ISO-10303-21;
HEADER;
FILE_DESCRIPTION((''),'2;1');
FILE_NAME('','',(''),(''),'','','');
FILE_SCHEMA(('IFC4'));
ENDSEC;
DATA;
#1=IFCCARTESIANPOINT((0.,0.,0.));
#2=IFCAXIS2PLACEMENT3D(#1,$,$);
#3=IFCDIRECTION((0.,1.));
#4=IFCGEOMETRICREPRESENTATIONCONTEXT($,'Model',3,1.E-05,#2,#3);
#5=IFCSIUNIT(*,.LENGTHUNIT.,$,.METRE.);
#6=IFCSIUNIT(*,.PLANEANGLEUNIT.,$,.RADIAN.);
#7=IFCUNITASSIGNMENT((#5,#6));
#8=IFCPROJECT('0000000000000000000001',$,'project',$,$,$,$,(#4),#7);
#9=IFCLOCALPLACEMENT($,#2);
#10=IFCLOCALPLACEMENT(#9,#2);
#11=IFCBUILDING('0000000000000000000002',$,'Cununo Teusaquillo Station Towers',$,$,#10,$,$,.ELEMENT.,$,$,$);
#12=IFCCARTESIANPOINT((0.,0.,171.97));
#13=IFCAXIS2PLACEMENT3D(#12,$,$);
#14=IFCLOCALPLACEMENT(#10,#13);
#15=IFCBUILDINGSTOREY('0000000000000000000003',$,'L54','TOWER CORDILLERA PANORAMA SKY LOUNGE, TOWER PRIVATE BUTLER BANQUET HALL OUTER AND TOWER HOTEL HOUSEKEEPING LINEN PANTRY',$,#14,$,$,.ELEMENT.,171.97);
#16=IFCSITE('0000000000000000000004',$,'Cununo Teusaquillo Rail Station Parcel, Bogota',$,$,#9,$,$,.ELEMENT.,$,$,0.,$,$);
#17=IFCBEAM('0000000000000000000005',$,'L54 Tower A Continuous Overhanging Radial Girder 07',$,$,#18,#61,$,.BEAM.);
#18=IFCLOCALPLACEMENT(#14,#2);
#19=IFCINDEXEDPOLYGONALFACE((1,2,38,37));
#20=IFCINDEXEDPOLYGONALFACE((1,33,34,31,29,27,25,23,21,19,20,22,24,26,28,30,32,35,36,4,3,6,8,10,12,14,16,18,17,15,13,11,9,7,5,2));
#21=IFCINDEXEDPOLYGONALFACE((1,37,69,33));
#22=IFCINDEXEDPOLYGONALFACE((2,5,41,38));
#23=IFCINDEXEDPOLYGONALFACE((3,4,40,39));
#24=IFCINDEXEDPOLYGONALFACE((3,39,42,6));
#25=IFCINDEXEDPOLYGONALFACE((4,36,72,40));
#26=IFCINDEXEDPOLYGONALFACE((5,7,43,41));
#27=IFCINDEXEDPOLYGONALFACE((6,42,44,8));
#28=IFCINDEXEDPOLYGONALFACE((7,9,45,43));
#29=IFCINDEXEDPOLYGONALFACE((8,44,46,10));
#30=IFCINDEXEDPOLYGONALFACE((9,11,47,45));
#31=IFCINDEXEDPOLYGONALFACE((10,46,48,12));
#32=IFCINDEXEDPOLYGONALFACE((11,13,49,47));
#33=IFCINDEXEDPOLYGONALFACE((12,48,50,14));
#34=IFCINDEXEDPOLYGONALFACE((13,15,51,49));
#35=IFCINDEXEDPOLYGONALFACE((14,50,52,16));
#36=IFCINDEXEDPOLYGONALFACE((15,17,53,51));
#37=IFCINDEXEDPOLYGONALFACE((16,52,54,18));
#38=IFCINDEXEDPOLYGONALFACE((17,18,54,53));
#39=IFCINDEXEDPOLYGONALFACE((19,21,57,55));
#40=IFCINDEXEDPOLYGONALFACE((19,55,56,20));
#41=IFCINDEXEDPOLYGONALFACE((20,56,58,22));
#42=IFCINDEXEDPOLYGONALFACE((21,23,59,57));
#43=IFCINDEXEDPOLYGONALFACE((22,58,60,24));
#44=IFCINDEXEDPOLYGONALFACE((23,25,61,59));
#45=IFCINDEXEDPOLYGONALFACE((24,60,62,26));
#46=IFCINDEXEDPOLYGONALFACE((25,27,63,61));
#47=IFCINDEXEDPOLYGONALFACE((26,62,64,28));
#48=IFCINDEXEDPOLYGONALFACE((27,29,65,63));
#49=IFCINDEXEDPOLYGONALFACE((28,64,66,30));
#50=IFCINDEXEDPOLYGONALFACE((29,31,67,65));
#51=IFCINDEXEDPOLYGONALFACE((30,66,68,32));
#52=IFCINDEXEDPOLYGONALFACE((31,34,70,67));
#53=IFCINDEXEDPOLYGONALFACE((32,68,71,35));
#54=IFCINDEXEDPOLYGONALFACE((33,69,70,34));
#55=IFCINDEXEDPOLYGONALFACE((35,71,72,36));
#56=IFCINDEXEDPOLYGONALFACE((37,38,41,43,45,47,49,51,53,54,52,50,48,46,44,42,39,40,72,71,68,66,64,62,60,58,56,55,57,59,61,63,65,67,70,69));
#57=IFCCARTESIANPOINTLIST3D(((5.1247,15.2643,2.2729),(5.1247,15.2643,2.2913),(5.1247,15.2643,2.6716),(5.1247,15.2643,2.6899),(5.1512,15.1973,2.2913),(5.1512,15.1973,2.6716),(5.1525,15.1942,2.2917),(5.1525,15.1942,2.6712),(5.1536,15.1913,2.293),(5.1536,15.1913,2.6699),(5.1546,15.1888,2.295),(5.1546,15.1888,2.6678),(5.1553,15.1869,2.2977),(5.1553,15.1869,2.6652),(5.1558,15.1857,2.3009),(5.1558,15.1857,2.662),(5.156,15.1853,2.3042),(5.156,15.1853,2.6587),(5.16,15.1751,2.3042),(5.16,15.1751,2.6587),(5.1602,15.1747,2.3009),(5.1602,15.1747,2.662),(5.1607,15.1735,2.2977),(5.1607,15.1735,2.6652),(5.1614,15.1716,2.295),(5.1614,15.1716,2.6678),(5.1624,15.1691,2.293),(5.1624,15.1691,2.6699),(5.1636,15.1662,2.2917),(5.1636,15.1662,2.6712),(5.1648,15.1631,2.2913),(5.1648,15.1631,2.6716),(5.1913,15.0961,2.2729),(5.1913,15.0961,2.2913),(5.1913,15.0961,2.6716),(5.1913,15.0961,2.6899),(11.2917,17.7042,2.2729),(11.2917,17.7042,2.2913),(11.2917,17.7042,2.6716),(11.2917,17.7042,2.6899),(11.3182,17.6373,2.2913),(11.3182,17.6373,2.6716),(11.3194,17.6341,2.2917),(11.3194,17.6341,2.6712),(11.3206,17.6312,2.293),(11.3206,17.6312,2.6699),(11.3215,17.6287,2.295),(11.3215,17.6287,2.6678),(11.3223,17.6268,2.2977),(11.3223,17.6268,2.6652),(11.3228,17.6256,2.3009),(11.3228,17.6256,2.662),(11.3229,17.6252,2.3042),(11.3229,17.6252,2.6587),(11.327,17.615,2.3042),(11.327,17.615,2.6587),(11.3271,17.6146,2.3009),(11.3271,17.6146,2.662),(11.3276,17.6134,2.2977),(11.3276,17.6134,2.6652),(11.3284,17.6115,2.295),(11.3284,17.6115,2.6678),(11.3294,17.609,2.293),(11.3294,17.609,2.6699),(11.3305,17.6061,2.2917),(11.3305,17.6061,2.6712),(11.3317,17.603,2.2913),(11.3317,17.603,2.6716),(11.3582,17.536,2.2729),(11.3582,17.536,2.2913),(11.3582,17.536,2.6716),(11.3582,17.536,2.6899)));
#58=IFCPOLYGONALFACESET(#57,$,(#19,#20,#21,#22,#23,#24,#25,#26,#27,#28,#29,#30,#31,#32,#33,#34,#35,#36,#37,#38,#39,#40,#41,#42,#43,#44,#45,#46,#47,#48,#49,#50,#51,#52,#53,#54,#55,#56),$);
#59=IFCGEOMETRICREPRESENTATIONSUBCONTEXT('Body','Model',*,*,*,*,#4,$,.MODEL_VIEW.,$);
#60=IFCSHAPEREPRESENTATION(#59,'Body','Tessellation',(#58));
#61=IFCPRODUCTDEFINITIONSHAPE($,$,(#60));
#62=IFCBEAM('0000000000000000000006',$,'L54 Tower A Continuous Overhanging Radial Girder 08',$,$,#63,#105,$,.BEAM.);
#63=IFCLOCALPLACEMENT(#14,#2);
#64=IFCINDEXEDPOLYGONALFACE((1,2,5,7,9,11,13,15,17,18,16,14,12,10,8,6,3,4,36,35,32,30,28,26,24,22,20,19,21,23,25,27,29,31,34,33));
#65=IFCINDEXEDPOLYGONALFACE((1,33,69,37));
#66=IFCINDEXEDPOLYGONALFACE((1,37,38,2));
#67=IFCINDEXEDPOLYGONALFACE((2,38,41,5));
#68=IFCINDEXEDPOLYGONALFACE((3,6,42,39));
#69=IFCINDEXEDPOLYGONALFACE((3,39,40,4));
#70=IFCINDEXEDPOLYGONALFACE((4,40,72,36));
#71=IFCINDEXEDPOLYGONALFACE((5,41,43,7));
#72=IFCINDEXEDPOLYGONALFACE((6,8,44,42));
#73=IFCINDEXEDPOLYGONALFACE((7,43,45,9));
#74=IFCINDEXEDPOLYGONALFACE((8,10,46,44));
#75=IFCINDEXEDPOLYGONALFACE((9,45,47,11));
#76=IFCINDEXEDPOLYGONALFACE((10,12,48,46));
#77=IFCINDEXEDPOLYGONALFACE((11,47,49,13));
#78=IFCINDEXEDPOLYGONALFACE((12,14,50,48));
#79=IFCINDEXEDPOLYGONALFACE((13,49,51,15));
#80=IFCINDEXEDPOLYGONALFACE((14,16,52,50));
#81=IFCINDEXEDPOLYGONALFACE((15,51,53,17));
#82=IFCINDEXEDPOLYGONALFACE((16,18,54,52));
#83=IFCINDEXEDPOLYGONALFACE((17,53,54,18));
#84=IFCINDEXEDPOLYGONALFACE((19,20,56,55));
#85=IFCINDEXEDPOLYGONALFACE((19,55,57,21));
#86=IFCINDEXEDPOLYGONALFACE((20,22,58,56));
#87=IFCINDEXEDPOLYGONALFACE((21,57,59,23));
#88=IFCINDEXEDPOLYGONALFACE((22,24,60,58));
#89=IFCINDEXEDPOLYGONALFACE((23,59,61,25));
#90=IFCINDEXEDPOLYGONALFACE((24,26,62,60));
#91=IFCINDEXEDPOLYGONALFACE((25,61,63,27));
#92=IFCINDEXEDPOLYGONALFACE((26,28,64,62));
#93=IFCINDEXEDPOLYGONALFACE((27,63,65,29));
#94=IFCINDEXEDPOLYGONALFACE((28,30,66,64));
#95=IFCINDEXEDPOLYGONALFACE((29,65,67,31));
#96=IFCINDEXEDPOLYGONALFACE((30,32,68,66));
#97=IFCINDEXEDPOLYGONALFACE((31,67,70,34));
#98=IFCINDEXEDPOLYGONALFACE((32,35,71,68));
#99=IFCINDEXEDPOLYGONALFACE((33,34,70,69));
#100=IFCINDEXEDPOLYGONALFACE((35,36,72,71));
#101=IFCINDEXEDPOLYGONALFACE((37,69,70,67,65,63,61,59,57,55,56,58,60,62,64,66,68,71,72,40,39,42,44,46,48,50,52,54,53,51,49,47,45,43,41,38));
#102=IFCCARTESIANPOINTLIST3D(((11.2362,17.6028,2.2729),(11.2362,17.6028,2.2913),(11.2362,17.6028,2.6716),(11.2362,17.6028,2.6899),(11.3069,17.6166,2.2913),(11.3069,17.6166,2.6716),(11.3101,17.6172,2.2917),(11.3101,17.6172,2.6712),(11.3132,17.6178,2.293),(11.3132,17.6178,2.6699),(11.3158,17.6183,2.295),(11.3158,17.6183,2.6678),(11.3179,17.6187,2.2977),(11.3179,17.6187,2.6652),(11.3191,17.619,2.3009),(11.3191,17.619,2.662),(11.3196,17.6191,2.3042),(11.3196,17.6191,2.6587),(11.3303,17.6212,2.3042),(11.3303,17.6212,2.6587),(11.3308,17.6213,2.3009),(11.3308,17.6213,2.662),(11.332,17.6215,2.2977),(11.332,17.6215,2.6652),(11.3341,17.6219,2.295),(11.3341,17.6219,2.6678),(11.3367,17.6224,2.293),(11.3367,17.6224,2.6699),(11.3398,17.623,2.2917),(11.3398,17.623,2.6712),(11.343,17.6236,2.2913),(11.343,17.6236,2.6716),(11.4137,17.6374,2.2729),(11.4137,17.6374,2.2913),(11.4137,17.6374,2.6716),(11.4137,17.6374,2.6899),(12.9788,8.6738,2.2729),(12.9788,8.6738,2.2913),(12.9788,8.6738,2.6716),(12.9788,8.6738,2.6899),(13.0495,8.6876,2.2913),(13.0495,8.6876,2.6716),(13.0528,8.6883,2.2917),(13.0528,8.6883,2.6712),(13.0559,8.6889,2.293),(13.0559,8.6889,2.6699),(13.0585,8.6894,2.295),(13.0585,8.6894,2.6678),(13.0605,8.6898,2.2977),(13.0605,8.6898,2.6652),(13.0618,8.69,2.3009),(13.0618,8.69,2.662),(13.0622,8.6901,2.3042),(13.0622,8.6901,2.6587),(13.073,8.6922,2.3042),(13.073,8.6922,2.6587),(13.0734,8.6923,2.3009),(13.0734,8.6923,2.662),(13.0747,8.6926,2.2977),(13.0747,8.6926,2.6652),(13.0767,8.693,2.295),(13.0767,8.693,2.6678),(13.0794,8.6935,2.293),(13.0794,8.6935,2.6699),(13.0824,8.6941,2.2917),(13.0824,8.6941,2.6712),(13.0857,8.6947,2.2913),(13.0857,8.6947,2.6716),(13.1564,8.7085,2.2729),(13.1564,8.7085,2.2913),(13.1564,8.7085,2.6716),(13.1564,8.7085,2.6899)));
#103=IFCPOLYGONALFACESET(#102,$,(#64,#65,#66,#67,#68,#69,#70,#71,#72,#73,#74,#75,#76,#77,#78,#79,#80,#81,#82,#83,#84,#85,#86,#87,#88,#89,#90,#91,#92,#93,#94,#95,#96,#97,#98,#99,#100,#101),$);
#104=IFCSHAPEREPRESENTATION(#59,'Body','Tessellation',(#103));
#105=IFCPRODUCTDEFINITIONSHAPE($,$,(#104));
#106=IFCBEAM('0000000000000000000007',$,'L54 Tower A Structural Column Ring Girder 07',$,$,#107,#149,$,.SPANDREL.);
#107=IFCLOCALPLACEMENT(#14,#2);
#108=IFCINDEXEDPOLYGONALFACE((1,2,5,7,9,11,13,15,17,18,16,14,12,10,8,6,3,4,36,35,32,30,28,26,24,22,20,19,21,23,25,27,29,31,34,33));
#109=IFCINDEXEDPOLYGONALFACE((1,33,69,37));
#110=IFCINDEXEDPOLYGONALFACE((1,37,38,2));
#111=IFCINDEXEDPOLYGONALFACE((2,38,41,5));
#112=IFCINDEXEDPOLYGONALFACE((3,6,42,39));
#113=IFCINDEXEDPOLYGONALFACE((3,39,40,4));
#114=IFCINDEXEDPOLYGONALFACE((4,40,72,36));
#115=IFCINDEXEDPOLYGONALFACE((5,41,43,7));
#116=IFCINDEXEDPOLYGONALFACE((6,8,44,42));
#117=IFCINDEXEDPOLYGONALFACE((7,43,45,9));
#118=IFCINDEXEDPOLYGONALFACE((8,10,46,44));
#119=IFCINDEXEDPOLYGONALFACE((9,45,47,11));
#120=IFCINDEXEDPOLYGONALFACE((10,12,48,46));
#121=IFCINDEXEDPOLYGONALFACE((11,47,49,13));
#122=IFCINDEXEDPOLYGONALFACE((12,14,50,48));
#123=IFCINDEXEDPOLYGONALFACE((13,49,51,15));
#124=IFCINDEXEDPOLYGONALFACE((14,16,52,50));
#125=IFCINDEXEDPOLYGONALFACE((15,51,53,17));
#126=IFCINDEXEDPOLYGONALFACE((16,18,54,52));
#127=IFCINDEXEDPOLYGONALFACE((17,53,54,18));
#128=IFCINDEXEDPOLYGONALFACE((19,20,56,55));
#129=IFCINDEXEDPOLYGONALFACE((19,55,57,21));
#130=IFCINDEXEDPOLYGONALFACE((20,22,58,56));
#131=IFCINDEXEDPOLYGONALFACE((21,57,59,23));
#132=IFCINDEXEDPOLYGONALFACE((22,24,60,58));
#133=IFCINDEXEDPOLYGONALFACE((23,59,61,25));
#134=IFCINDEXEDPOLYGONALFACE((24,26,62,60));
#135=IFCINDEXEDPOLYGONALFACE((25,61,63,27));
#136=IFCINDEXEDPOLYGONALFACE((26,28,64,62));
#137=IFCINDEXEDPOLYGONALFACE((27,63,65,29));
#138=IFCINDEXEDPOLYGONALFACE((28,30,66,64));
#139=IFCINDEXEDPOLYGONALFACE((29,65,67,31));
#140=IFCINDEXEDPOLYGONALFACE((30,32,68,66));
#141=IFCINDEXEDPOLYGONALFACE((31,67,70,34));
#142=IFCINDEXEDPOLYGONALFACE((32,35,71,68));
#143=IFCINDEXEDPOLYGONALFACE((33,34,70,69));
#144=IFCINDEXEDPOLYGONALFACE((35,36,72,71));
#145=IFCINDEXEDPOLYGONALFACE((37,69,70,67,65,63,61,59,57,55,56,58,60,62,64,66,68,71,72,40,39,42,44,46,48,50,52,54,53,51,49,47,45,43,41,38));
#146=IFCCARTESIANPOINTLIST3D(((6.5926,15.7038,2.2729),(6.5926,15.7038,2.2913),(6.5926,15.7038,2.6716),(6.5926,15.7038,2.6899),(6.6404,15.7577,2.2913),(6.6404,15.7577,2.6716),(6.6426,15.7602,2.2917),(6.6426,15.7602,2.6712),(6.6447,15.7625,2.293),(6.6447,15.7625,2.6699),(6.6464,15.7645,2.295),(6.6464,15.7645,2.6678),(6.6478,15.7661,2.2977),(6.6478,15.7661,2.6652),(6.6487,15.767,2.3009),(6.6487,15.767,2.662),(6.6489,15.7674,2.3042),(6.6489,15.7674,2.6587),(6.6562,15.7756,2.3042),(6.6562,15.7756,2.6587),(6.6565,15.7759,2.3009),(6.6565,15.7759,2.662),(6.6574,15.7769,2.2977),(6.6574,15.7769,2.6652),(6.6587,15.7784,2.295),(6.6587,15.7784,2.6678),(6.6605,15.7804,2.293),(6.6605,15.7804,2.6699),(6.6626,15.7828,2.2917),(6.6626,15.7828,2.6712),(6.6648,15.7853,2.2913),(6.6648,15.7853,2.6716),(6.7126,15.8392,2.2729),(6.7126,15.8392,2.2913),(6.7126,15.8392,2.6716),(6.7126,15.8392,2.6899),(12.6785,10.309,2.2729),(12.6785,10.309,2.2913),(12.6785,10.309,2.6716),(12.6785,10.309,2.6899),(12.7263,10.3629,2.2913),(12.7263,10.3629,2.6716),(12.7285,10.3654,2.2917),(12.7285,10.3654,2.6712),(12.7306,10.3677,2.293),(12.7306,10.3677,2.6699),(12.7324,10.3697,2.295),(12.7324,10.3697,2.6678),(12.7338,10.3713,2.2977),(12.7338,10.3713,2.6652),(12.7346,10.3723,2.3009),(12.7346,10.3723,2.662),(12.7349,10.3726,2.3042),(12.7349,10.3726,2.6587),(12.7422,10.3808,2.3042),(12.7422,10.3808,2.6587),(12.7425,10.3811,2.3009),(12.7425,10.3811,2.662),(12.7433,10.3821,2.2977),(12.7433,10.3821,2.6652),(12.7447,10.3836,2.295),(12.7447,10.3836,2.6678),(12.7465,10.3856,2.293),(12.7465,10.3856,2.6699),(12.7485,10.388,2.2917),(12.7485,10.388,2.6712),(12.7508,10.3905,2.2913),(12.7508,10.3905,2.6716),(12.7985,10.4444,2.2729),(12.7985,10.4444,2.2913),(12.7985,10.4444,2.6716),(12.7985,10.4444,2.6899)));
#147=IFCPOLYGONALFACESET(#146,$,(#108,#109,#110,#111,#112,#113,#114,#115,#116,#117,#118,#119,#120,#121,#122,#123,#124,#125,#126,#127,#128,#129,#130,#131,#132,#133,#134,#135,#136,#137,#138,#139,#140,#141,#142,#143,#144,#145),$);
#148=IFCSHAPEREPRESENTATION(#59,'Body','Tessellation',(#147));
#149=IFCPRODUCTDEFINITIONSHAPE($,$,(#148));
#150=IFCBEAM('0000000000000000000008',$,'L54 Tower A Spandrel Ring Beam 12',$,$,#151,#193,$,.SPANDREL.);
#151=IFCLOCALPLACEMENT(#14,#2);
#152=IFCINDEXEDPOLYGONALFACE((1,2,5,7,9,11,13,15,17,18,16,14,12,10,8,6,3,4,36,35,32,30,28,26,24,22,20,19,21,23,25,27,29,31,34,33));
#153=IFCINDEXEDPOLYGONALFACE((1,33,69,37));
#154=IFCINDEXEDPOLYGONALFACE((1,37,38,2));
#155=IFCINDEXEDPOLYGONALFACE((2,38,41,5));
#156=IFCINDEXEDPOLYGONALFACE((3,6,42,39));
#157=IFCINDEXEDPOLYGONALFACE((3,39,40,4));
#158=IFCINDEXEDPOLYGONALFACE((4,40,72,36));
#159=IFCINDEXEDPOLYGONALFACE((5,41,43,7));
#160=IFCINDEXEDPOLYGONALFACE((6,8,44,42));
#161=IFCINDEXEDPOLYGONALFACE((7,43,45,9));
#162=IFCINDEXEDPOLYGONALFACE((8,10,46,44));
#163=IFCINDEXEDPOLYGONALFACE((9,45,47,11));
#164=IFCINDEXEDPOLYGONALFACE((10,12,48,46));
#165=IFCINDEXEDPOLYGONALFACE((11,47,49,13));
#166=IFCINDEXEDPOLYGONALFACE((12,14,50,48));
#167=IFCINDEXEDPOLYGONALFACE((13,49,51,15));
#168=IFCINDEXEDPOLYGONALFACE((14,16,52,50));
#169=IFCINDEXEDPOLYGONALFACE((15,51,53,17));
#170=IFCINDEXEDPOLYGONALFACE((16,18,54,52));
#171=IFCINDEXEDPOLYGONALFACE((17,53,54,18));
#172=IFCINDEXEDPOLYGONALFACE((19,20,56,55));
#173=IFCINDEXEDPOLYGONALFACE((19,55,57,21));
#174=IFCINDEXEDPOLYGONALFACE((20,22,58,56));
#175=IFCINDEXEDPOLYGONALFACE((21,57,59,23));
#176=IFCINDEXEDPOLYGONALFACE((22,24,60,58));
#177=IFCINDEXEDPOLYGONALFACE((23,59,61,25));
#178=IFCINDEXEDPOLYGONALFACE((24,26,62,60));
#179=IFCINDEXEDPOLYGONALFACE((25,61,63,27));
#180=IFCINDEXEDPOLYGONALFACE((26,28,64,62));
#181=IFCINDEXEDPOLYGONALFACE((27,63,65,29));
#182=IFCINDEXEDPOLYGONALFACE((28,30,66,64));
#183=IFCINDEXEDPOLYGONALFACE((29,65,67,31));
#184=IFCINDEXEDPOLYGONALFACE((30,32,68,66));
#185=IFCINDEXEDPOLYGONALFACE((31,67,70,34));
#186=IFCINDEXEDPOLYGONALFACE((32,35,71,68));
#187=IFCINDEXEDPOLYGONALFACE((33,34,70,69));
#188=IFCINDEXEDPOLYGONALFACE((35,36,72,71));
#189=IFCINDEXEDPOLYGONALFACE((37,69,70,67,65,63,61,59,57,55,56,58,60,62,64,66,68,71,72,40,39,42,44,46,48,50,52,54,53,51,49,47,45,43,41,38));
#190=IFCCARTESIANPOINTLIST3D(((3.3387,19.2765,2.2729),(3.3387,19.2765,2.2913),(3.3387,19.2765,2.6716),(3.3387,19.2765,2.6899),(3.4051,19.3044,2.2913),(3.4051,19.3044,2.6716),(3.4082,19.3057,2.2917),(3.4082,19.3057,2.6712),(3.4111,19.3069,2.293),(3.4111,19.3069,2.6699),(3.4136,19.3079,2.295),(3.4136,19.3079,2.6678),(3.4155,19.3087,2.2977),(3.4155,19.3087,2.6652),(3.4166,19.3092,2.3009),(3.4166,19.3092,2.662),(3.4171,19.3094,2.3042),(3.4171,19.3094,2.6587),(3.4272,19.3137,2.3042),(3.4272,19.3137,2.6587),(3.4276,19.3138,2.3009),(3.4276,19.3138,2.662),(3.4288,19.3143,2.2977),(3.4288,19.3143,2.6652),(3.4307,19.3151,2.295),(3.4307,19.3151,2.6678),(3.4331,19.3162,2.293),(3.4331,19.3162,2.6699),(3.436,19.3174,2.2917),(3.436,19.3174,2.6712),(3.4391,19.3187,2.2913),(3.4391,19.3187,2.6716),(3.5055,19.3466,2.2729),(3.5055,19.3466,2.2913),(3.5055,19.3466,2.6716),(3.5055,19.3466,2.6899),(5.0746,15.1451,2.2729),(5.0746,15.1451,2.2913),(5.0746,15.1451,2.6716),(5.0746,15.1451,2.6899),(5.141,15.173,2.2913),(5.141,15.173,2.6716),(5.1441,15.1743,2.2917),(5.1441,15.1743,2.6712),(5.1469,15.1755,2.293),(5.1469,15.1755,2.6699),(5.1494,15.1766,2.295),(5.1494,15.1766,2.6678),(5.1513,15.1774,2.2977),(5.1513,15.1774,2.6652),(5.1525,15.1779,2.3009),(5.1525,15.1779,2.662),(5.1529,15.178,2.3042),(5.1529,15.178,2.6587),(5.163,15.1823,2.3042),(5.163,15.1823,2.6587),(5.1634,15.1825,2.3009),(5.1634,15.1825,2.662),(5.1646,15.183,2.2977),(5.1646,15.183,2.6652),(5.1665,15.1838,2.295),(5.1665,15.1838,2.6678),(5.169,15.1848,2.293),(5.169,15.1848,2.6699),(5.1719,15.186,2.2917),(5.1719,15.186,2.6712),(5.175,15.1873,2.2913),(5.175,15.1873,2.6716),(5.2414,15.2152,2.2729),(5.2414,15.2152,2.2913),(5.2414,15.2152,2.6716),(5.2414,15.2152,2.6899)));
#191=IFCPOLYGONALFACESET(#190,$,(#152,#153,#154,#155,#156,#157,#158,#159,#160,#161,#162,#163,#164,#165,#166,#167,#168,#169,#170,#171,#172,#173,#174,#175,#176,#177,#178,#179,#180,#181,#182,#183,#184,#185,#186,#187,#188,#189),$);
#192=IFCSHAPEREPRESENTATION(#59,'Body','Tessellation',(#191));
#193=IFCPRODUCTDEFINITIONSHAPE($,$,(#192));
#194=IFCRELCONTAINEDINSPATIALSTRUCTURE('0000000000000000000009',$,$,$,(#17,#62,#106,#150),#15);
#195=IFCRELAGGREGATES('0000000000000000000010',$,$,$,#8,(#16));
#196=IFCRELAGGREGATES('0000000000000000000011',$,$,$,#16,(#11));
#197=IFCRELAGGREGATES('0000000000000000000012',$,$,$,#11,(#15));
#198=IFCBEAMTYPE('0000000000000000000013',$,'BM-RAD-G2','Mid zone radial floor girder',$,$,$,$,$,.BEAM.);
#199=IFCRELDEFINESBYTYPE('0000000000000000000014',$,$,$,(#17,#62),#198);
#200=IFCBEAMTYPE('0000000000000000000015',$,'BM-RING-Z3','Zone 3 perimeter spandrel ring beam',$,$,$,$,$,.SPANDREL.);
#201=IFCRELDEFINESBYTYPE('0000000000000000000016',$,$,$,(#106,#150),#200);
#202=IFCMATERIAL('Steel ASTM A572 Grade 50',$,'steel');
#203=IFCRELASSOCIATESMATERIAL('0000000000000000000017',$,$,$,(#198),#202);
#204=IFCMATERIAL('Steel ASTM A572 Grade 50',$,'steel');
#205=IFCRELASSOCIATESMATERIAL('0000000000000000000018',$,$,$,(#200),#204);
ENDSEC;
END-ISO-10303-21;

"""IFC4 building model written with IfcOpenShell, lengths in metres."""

from ifc_helpers import new_model, si_unit, direction, frame, origin, origin_2d, place, context, subcontext, project, spatial, i_section, extrude, material, material_profile, profile_set, type_object, element, save


model = new_model("IFC4")

# Units and contexts
model_context = context("Model", 3, precision=1e-05, world=origin(), true_north=direction((0.0, 1.0)))
body_context = subcontext(model_context, "Body", "Model", "MODEL_VIEW")
ifc_project = project(units=[si_unit("LENGTHUNIT", "METRE"), si_unit("PLANEANGLEUNIT", "RADIAN")], contexts=[model_context])

# Site, building, storey
site_placement = place(None, origin())
site = spatial("IfcSite", under=ifc_project, at=site_placement, Name="Cununo Teusaquillo Rail Station Parcel, Bogota", CompositionType="ELEMENT", RefElevation=0.0)
building_placement = place(site_placement, origin())
building = spatial("IfcBuilding", under=site, at=building_placement, Name="Cununo Teusaquillo Station Towers", CompositionType="ELEMENT")
storey_placement = place(building_placement, frame((0.0, 0.0, 171.97)))
storey = spatial("IfcBuildingStorey", under=building, at=storey_placement, Name="L54", Description="TOWER CORDILLERA PANORAMA SKY LOUNGE, TOWER PRIVATE BUTLER BANQUET HALL OUTER AND TOWER HOTEL HOUSEKEEPING LINEN PANTRY", CompositionType="ELEMENT", Elevation=171.97)

# Beams
ifc_material_1 = material(Name="Steel ASTM A572 Grade 50", Category="steel")
ifc_material_profile_1 = material_profile(ifc_material_1, i_section(OverallWidth=0.1809, OverallDepth=0.417, WebThickness=0.011, FlangeThickness=0.0183, FilletRadius=0.0129, at=origin_2d()), Name="W16X57")
ifc_profile_set_1 = profile_set([ifc_material_profile_1], Name="Steel ASTM A572 Grade 50")
beam_type_1 = type_object("IfcBeamType", Name="BM-RAD-G2", Description="Mid zone radial floor girder", PredefinedType="BEAM", material=ifc_profile_set_1)
beam_1_placement = place(storey_placement, frame((11.325, 17.6201, 2.4814), z_axis=(-0.929866, -0.367897, 0.0), x_axis=(0.367897, -0.929866, 0.0)))
element("IfcBeam", 1, at=beam_1_placement, inside=storey, type_object=beam_type_1, Name="L54 Tower A Continuous Overhanging Radial Girder 07", PredefinedType="BEAM", context=body_context, shape_type="SweptSolid", body=[
    extrude(i_section(OverallWidth=0.1809, OverallDepth=0.417, WebThickness=0.011, FlangeThickness=0.0183, FilletRadius=0.0129, at=origin_2d()), origin(), (0.0, 0.0, 1.0), 6.6321),
])
beam_2_placement = place(storey_placement, frame((11.325, 17.6201, 2.4814), z_axis=(0.191557, -0.981481, 0.0), x_axis=(0.981481, 0.191557, 0.0)))
element("IfcBeam", 2, at=beam_2_placement, inside=storey, type_object=beam_type_1, Name="L54 Tower A Continuous Overhanging Radial Girder 08", PredefinedType="BEAM", context=body_context, shape_type="SweptSolid", body=[
    extrude(i_section(OverallWidth=0.1809, OverallDepth=0.417, WebThickness=0.011, FlangeThickness=0.0183, FilletRadius=0.0129, at=origin_2d()), origin(), (0.0, 0.0, 1.0), 9.0974),
])
ifc_material_2 = material(Name="Steel ASTM A572 Grade 50", Category="steel")
ifc_material_profile_2 = material_profile(ifc_material_2, i_section(OverallWidth=0.1809, OverallDepth=0.417, WebThickness=0.011, FlangeThickness=0.0183, FilletRadius=0.0129, at=origin_2d()), Name="W16X57")
ifc_profile_set_2 = profile_set([ifc_material_profile_2], Name="Steel ASTM A572 Grade 50")
beam_type_2 = type_object("IfcBeamType", Name="BM-RING-Z3", Description="Zone 3 perimeter spandrel ring beam", PredefinedType="SPANDREL", material=ifc_profile_set_2)
beam_3_placement = place(storey_placement, frame((6.6526, 15.7715, 2.4814), z_axis=(0.748321, -0.663337, 0.0), x_axis=(0.663337, 0.748321, 0.0)))
element("IfcBeam", 3, at=beam_3_placement, inside=storey, type_object=beam_type_2, Name="L54 Tower A Structural Column Ring Girder 07", PredefinedType="SPANDREL", context=body_context, shape_type="SweptSolid", body=[
    extrude(i_section(OverallWidth=0.1809, OverallDepth=0.417, WebThickness=0.011, FlangeThickness=0.0183, FilletRadius=0.0129, at=origin_2d()), origin(), (0.0, 0.0, 1.0), 8.1328),
])
beam_4_placement = place(storey_placement, frame((3.4221, 19.3115, 2.4814), z_axis=(0.38736, -0.921928, 0.0), x_axis=(0.921928, 0.38736, 0.0)))
element("IfcBeam", 4, at=beam_4_placement, inside=storey, type_object=beam_type_2, Name="L54 Tower A Spandrel Ring Beam 12", PredefinedType="SPANDREL", context=body_context, shape_type="SweptSolid", body=[
    extrude(i_section(OverallWidth=0.1809, OverallDepth=0.417, WebThickness=0.011, FlangeThickness=0.0183, FilletRadius=0.0129, at=origin_2d()), origin(), (0.0, 0.0, 1.0), 4.4812),
])

save(model, "model.ifc")
